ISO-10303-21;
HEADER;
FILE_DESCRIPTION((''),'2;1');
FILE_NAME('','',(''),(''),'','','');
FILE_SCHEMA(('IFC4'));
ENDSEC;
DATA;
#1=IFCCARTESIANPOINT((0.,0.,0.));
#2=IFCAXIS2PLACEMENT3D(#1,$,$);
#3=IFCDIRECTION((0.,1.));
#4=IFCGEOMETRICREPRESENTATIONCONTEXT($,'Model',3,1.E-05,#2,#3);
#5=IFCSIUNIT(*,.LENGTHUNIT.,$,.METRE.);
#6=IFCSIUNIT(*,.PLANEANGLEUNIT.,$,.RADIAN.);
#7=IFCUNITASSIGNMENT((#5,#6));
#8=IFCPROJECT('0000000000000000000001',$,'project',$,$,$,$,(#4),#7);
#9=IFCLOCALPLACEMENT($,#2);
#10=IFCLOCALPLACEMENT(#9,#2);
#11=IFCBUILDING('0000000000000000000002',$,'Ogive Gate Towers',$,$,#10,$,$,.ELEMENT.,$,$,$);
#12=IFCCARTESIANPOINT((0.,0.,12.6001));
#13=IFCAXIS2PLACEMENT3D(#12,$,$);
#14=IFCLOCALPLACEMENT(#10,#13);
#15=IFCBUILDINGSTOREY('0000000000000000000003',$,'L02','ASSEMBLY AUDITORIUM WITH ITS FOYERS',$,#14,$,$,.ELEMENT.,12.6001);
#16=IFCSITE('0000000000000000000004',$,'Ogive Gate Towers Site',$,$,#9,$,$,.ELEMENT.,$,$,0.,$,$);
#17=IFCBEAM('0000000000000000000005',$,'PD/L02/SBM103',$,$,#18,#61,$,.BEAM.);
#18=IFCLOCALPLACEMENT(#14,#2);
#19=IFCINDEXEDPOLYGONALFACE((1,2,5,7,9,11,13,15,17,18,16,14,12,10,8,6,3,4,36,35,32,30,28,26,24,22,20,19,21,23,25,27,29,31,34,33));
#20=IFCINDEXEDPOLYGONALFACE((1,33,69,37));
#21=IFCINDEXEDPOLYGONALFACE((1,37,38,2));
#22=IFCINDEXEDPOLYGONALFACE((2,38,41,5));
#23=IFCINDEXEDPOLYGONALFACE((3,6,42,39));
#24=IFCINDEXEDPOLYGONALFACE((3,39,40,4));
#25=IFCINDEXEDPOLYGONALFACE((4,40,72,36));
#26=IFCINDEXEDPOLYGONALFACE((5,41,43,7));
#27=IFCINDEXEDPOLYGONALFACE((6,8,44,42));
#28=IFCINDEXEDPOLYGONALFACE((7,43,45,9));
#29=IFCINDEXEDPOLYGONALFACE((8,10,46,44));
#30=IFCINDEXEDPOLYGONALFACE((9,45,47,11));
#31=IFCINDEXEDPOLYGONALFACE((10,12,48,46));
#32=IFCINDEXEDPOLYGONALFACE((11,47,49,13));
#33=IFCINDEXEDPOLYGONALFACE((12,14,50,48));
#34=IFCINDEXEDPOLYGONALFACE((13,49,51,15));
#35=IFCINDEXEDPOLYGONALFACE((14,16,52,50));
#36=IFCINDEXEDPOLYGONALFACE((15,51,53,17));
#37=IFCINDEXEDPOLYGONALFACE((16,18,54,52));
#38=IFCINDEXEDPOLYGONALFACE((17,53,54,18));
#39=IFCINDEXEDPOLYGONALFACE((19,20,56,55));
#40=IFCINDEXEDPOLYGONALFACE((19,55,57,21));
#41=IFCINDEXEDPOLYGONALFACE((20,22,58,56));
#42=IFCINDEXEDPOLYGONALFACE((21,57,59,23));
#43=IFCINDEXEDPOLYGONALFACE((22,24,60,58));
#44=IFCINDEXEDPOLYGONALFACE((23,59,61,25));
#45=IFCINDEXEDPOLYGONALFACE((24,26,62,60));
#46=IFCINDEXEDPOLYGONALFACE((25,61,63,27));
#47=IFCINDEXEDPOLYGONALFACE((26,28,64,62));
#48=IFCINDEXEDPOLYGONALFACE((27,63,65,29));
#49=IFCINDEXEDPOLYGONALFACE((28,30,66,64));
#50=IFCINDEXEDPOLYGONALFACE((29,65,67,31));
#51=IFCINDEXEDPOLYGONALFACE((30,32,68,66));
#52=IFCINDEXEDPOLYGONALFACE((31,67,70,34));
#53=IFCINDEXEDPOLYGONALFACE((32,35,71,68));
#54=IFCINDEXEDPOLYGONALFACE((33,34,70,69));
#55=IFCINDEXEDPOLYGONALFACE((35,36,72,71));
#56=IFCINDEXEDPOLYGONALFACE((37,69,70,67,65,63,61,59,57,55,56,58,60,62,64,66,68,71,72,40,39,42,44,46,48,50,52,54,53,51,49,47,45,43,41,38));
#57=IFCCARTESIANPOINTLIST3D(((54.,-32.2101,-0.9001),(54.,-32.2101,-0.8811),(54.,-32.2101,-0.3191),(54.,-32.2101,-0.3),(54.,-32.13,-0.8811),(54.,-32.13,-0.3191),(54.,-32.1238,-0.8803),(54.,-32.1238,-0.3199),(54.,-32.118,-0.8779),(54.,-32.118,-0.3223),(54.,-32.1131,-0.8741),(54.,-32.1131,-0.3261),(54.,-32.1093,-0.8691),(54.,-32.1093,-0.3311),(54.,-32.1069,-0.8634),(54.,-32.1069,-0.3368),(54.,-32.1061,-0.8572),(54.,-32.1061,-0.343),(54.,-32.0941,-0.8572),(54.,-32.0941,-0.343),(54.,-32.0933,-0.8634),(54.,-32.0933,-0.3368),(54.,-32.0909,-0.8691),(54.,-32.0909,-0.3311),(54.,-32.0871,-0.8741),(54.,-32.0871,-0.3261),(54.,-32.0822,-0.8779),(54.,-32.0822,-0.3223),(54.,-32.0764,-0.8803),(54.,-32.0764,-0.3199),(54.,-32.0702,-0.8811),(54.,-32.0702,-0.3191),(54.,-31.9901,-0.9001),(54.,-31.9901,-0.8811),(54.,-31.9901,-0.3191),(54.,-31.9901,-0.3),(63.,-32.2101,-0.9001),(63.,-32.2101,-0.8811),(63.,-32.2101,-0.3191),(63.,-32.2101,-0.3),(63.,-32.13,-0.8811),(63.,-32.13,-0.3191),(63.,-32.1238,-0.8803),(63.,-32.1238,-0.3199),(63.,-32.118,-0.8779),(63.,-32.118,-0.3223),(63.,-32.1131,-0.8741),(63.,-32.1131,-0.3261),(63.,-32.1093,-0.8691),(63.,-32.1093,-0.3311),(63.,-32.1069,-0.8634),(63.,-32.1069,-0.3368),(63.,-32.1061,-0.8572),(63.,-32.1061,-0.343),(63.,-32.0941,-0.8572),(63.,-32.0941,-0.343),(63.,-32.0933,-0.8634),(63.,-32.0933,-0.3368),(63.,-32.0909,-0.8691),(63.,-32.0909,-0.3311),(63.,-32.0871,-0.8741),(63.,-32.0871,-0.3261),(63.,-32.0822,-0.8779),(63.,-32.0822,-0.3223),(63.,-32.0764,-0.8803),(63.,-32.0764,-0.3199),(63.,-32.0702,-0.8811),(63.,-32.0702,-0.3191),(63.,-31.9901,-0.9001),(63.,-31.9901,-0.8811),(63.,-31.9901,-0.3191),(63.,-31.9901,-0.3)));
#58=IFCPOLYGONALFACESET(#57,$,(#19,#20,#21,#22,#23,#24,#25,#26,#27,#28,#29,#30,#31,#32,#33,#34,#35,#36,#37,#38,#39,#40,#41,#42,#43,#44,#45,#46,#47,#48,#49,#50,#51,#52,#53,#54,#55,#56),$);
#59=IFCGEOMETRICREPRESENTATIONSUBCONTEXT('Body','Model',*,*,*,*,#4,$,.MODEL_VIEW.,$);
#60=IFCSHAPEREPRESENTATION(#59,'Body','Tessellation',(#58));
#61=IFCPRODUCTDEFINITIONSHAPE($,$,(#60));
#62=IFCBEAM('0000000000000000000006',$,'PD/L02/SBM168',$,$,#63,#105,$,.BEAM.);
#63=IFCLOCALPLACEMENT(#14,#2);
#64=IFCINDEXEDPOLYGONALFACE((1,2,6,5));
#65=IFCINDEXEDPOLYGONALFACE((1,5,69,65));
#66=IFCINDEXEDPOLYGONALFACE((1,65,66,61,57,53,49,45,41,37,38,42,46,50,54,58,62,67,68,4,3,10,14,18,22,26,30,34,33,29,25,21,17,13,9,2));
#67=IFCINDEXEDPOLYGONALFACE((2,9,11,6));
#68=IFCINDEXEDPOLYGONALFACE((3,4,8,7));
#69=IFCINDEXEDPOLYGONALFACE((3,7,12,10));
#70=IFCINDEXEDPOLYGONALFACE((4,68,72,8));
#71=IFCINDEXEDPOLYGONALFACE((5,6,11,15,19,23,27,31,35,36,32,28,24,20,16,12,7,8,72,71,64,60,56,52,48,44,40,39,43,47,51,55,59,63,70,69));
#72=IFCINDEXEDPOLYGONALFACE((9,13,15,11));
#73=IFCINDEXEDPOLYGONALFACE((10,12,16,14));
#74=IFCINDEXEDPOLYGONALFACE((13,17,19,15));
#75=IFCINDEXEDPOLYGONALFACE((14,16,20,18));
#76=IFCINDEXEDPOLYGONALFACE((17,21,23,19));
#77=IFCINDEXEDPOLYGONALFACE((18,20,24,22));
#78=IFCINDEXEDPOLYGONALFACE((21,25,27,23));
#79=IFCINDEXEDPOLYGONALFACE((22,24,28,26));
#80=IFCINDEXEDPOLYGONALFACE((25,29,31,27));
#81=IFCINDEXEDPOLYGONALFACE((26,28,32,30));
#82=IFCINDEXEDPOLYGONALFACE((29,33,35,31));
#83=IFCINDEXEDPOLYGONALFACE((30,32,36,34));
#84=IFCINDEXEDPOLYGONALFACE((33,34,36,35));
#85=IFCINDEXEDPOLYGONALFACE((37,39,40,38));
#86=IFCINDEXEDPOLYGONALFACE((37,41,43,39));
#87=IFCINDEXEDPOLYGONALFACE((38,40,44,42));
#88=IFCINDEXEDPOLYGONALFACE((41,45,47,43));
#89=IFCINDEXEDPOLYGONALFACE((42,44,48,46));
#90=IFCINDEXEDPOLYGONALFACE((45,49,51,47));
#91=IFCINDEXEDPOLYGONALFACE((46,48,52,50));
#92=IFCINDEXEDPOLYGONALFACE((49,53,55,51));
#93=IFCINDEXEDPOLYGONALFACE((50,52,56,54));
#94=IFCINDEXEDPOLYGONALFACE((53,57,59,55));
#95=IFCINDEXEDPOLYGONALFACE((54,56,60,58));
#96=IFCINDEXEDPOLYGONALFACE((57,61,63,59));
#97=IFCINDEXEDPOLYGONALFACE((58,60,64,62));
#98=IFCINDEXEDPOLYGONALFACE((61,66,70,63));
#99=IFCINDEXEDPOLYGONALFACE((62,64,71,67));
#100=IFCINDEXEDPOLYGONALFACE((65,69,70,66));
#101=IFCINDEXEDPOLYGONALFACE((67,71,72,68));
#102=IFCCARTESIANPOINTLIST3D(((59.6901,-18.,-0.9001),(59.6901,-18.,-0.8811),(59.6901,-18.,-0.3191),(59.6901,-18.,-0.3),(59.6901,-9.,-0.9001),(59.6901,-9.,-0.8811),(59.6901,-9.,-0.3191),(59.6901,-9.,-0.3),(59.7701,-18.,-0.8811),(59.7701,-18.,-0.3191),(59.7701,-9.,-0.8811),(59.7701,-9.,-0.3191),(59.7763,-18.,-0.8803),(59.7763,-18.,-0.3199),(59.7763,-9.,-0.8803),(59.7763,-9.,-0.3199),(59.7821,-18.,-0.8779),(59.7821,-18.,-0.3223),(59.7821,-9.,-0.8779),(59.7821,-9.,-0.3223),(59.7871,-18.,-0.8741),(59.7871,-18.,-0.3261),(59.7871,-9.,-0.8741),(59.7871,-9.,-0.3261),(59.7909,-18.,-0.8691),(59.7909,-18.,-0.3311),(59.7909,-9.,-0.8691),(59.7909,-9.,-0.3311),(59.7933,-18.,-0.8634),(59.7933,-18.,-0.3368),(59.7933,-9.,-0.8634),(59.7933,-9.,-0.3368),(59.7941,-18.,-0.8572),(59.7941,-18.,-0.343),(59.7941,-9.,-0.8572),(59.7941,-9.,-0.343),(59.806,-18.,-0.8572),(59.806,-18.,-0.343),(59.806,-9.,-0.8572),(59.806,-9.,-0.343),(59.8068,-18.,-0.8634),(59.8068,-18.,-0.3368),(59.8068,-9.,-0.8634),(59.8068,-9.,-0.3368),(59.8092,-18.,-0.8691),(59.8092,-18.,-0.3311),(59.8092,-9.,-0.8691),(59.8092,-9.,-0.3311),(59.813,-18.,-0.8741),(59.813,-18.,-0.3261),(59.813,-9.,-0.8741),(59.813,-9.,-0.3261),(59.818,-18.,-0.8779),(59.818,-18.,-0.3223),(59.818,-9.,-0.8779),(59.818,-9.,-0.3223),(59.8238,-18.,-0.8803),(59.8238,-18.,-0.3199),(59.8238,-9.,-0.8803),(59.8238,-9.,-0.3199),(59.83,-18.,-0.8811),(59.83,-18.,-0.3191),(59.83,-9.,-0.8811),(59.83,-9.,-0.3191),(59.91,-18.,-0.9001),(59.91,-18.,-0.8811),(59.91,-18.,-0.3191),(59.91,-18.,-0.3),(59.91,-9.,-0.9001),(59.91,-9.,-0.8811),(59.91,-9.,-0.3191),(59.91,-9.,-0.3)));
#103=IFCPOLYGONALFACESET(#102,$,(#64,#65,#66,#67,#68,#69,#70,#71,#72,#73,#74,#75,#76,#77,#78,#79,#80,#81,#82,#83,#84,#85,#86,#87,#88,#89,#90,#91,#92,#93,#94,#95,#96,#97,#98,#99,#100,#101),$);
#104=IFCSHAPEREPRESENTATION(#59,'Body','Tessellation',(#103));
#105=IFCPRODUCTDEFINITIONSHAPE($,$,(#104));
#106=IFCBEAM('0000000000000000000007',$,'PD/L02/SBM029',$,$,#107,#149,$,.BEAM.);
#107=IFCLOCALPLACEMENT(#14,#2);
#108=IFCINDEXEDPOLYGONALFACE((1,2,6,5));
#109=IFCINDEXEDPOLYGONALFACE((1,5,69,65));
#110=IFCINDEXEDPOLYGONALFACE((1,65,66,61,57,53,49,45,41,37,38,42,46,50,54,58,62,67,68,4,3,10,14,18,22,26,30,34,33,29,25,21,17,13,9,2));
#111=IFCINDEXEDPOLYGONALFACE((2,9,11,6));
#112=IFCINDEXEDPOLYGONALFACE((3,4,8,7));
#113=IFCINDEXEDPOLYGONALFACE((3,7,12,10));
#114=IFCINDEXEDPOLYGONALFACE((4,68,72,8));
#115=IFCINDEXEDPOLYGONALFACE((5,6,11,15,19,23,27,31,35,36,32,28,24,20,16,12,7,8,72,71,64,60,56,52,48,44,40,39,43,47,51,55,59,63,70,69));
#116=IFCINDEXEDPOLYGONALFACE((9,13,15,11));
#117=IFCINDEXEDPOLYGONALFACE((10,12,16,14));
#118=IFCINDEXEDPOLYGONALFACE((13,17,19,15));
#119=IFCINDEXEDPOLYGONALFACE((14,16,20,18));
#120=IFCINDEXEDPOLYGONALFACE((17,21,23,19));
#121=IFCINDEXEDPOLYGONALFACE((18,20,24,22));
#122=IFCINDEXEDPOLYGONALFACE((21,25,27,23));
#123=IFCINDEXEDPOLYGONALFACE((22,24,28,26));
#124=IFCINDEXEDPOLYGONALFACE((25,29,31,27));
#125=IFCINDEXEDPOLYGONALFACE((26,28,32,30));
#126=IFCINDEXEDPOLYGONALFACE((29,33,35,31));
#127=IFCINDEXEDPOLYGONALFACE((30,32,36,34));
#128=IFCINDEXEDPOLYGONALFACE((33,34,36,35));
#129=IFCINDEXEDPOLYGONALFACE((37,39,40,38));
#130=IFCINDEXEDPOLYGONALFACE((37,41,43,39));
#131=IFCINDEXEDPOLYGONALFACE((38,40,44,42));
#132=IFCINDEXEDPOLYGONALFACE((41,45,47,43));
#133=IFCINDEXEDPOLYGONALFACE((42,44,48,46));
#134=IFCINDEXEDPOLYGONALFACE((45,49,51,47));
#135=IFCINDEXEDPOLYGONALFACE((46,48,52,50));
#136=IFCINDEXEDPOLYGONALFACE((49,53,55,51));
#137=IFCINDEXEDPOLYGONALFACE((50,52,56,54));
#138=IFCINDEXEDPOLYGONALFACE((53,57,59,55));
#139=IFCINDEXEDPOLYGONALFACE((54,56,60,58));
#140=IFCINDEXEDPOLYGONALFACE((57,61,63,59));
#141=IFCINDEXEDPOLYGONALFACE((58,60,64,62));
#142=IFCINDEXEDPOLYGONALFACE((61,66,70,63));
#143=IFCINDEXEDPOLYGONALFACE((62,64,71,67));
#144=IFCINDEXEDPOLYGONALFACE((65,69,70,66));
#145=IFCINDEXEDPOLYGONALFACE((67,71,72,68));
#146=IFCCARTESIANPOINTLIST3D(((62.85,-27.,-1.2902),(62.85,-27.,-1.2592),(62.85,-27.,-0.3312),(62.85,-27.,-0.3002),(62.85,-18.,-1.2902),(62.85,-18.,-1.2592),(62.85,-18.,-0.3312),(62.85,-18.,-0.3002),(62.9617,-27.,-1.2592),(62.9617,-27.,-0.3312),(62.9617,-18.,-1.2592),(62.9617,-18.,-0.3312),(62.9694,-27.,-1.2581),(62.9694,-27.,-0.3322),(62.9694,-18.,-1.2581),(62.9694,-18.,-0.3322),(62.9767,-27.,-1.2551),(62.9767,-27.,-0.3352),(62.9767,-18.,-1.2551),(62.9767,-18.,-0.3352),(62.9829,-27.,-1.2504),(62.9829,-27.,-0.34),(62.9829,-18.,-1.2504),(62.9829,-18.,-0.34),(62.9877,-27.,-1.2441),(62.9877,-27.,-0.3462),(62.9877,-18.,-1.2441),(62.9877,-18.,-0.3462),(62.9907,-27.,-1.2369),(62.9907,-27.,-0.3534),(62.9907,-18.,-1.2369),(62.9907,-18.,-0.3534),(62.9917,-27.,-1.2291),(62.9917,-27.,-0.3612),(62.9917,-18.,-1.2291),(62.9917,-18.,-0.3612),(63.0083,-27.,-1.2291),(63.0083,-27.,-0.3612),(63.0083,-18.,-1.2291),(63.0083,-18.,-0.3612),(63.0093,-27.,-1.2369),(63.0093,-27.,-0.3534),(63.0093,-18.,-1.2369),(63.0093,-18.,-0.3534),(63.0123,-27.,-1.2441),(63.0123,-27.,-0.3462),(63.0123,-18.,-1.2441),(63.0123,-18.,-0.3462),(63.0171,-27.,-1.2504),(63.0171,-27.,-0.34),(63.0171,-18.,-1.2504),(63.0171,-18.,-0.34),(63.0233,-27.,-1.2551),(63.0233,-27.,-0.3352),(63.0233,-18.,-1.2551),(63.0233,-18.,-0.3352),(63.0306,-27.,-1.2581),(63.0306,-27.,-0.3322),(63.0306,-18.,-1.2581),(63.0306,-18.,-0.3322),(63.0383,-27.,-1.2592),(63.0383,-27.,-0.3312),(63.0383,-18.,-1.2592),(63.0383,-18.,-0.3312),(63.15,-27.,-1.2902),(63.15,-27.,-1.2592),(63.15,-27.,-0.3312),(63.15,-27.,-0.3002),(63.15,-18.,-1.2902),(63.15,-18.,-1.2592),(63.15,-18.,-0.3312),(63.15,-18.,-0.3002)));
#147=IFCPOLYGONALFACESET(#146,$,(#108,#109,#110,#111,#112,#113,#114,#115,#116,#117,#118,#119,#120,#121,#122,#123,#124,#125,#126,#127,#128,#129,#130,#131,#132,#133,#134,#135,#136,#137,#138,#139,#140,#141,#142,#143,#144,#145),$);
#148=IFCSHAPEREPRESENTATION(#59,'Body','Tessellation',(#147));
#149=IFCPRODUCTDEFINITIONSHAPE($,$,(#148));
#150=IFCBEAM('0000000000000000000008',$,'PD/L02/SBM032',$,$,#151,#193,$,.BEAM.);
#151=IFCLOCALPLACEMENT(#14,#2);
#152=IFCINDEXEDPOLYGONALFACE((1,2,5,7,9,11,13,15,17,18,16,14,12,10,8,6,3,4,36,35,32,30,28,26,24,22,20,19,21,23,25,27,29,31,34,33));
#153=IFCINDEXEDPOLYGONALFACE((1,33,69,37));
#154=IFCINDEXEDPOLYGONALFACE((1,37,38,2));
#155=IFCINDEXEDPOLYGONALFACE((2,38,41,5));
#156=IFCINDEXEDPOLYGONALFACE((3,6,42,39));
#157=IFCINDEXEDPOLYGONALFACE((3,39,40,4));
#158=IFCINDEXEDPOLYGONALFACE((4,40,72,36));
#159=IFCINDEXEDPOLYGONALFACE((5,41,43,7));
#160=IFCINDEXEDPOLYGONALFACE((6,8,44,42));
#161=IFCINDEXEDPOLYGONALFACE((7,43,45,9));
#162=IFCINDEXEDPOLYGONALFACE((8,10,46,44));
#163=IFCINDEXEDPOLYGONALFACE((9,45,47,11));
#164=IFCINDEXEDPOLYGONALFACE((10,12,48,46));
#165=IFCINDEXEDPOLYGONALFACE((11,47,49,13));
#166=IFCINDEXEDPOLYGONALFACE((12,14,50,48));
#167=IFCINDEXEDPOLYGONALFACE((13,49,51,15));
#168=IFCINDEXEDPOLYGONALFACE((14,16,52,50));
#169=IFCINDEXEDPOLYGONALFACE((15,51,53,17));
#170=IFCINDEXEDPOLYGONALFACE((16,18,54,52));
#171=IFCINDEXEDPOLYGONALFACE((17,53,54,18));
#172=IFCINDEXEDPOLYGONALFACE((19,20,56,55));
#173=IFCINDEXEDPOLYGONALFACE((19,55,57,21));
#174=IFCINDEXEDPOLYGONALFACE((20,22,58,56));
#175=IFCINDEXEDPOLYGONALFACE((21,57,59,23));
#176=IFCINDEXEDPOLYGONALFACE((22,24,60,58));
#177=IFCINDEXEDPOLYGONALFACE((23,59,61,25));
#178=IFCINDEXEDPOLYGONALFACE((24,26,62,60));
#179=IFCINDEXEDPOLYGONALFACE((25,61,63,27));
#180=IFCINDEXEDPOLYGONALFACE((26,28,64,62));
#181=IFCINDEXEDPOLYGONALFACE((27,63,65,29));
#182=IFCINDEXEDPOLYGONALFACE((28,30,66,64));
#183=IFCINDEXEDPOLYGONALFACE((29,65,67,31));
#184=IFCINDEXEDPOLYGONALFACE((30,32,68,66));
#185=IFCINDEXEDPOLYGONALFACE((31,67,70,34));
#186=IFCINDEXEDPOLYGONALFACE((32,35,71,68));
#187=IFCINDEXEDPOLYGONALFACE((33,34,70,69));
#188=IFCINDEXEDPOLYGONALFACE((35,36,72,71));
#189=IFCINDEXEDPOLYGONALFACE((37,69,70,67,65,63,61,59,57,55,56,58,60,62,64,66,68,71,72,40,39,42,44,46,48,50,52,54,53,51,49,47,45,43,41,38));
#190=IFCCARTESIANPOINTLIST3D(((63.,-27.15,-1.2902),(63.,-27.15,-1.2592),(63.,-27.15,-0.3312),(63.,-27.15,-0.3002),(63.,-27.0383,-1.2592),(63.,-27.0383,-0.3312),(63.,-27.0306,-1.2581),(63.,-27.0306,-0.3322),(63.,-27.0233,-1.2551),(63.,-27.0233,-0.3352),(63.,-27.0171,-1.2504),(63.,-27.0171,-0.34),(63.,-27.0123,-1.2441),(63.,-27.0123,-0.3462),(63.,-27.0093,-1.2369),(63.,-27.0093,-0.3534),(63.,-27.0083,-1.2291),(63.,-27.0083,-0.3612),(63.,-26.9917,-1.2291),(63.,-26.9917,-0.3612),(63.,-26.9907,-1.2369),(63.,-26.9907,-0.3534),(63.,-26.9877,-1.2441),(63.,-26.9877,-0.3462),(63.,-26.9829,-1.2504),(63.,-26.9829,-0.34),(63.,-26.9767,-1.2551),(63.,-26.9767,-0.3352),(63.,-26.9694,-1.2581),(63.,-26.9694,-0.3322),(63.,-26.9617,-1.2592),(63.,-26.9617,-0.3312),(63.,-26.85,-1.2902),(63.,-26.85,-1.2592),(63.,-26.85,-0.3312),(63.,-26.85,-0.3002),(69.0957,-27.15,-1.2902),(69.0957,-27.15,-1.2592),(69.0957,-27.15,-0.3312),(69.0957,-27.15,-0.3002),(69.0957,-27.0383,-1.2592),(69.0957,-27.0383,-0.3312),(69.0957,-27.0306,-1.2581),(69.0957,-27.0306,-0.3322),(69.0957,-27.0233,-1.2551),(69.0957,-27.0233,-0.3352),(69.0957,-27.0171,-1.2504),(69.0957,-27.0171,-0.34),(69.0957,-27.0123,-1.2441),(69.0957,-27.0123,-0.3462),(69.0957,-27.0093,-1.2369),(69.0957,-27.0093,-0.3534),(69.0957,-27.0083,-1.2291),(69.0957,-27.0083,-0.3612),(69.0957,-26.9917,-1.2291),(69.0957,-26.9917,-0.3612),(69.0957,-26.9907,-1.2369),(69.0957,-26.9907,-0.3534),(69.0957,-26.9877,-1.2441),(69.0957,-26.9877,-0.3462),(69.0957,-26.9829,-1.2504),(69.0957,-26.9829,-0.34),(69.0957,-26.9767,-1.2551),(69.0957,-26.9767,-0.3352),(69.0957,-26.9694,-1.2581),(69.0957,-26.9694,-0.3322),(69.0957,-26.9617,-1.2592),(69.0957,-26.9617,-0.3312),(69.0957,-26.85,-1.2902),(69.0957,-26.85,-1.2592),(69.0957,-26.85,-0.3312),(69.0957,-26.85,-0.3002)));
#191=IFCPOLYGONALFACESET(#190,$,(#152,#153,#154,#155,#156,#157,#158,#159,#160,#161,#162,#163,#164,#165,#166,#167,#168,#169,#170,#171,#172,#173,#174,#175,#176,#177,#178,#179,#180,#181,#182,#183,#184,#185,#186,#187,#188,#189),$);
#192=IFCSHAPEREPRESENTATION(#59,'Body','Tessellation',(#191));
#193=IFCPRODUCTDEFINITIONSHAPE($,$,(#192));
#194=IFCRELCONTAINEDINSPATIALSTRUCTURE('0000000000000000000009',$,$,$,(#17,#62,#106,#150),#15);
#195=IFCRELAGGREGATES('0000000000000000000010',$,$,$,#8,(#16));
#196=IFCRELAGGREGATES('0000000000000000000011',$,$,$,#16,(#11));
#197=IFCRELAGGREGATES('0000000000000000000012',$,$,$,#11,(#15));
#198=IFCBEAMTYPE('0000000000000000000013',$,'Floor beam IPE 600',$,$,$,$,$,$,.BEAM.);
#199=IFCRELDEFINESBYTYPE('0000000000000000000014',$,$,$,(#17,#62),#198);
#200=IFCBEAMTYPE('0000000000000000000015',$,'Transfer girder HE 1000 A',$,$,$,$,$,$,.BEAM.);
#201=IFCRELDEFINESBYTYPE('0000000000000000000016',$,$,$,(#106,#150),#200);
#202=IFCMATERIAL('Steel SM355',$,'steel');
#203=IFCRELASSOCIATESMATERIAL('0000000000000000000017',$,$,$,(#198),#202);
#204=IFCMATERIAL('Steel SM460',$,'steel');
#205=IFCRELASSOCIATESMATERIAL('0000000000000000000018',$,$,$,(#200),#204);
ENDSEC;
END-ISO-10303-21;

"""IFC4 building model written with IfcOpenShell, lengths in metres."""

from ifc_helpers import new_model, si_unit, direction, frame, origin, origin_2d, place, context, subcontext, project, spatial, i_section, extrude, material, material_profile, profile_set, type_object, element, save


model = new_model("IFC4")

# Units and contexts
model_context = context("Model", 3, precision=1e-05, world=origin(), true_north=direction((0.0, 1.0)))
body_context = subcontext(model_context, "Body", "Model", "MODEL_VIEW")
ifc_project = project(units=[si_unit("LENGTHUNIT", "METRE"), si_unit("PLANEANGLEUNIT", "RADIAN")], contexts=[model_context])

# Site, building, storey
site_placement = place(None, origin())
site = spatial("IfcSite", under=ifc_project, at=site_placement, Name="Ogive Gate Towers Site", CompositionType="ELEMENT", RefElevation=0.0)
building_placement = place(site_placement, origin())
building = spatial("IfcBuilding", under=site, at=building_placement, Name="Ogive Gate Towers", CompositionType="ELEMENT")
storey_placement = place(building_placement, frame((0.0, 0.0, 12.6001)))
storey = spatial("IfcBuildingStorey", under=building, at=storey_placement, Name="L02", Description="ASSEMBLY AUDITORIUM WITH ITS FOYERS", CompositionType="ELEMENT", Elevation=12.6001)

# Beams
ifc_material_1 = material(Name="Steel SM355", Category="steel")
ifc_material_profile_1 = material_profile(ifc_material_1, i_section(OverallWidth=0.22, OverallDepth=0.6001, WebThickness=0.012, FlangeThickness=0.019, FilletRadius=0.0239, at=origin_2d()), Name="IPE 600")
ifc_profile_set_1 = profile_set([ifc_material_profile_1], Name="Steel SM355")
beam_type_1 = type_object("IfcBeamType", Name="Floor beam IPE 600", PredefinedType="BEAM", material=ifc_profile_set_1)
for number, where, z_axis, x_axis, name in (
    (1, (63.0, -32.1001, -0.6001), (-1.0, 0.0, 0.0), (0.0, -1.0, 0.0), "PD/L02/SBM103"),
    (2, (59.8, -18.0, -0.6001), (0.0, 1.0, 0.0), (-1.0, 0.0, 0.0), "PD/L02/SBM168"),
):
    element("IfcBeam", number, at=place(storey_placement, frame(where, z_axis=z_axis, x_axis=x_axis)), inside=storey, type_object=beam_type_1, Name=name, PredefinedType="BEAM", context=body_context, shape_type="SweptSolid", body=[
        extrude(i_section(OverallWidth=0.22, OverallDepth=0.6001, WebThickness=0.012, FlangeThickness=0.019, FilletRadius=0.0239, at=origin_2d()), origin(), (0.0, 0.0, 1.0), 9.0),
    ])
ifc_material_2 = material(Name="Steel SM460", Category="steel")
ifc_material_profile_2 = material_profile(ifc_material_2, i_section(OverallWidth=0.3, OverallDepth=0.99, WebThickness=0.0166, FlangeThickness=0.031, FilletRadius=0.03, at=origin_2d()), Name="HE 1000 A")
ifc_profile_set_2 = profile_set([ifc_material_profile_2], Name="Steel SM460")
beam_type_2 = type_object("IfcBeamType", Name="Transfer girder HE 1000 A", PredefinedType="BEAM", material=ifc_profile_set_2)
beam_1_placement = place(storey_placement, frame((63.0, -27.0, -0.7952), z_axis=(0.0, 1.0, 0.0), x_axis=(-1.0, 0.0, 0.0)))
element("IfcBeam", 3, at=beam_1_placement, inside=storey, type_object=beam_type_2, Name="PD/L02/SBM029", PredefinedType="BEAM", context=body_context, shape_type="SweptSolid", body=[
    extrude(i_section(OverallWidth=0.3, OverallDepth=0.99, WebThickness=0.0166, FlangeThickness=0.031, FilletRadius=0.03, at=origin_2d()), origin(), (0.0, 0.0, 1.0), 9.0),
])
beam_2_placement = place(storey_placement, frame((63.0, -27.0, -0.7952), z_axis=(1.0, 0.0, 0.0), x_axis=(0.0, 1.0, 0.0)))
element("IfcBeam", 4, at=beam_2_placement, inside=storey, type_object=beam_type_2, Name="PD/L02/SBM032", PredefinedType="BEAM", context=body_context, shape_type="SweptSolid", body=[
    extrude(i_section(OverallWidth=0.3, OverallDepth=0.99, WebThickness=0.0166, FlangeThickness=0.031, FilletRadius=0.03, at=origin_2d()), origin(), (0.0, 0.0, 1.0), 6.0957),
])

save(model, "model.ifc")
